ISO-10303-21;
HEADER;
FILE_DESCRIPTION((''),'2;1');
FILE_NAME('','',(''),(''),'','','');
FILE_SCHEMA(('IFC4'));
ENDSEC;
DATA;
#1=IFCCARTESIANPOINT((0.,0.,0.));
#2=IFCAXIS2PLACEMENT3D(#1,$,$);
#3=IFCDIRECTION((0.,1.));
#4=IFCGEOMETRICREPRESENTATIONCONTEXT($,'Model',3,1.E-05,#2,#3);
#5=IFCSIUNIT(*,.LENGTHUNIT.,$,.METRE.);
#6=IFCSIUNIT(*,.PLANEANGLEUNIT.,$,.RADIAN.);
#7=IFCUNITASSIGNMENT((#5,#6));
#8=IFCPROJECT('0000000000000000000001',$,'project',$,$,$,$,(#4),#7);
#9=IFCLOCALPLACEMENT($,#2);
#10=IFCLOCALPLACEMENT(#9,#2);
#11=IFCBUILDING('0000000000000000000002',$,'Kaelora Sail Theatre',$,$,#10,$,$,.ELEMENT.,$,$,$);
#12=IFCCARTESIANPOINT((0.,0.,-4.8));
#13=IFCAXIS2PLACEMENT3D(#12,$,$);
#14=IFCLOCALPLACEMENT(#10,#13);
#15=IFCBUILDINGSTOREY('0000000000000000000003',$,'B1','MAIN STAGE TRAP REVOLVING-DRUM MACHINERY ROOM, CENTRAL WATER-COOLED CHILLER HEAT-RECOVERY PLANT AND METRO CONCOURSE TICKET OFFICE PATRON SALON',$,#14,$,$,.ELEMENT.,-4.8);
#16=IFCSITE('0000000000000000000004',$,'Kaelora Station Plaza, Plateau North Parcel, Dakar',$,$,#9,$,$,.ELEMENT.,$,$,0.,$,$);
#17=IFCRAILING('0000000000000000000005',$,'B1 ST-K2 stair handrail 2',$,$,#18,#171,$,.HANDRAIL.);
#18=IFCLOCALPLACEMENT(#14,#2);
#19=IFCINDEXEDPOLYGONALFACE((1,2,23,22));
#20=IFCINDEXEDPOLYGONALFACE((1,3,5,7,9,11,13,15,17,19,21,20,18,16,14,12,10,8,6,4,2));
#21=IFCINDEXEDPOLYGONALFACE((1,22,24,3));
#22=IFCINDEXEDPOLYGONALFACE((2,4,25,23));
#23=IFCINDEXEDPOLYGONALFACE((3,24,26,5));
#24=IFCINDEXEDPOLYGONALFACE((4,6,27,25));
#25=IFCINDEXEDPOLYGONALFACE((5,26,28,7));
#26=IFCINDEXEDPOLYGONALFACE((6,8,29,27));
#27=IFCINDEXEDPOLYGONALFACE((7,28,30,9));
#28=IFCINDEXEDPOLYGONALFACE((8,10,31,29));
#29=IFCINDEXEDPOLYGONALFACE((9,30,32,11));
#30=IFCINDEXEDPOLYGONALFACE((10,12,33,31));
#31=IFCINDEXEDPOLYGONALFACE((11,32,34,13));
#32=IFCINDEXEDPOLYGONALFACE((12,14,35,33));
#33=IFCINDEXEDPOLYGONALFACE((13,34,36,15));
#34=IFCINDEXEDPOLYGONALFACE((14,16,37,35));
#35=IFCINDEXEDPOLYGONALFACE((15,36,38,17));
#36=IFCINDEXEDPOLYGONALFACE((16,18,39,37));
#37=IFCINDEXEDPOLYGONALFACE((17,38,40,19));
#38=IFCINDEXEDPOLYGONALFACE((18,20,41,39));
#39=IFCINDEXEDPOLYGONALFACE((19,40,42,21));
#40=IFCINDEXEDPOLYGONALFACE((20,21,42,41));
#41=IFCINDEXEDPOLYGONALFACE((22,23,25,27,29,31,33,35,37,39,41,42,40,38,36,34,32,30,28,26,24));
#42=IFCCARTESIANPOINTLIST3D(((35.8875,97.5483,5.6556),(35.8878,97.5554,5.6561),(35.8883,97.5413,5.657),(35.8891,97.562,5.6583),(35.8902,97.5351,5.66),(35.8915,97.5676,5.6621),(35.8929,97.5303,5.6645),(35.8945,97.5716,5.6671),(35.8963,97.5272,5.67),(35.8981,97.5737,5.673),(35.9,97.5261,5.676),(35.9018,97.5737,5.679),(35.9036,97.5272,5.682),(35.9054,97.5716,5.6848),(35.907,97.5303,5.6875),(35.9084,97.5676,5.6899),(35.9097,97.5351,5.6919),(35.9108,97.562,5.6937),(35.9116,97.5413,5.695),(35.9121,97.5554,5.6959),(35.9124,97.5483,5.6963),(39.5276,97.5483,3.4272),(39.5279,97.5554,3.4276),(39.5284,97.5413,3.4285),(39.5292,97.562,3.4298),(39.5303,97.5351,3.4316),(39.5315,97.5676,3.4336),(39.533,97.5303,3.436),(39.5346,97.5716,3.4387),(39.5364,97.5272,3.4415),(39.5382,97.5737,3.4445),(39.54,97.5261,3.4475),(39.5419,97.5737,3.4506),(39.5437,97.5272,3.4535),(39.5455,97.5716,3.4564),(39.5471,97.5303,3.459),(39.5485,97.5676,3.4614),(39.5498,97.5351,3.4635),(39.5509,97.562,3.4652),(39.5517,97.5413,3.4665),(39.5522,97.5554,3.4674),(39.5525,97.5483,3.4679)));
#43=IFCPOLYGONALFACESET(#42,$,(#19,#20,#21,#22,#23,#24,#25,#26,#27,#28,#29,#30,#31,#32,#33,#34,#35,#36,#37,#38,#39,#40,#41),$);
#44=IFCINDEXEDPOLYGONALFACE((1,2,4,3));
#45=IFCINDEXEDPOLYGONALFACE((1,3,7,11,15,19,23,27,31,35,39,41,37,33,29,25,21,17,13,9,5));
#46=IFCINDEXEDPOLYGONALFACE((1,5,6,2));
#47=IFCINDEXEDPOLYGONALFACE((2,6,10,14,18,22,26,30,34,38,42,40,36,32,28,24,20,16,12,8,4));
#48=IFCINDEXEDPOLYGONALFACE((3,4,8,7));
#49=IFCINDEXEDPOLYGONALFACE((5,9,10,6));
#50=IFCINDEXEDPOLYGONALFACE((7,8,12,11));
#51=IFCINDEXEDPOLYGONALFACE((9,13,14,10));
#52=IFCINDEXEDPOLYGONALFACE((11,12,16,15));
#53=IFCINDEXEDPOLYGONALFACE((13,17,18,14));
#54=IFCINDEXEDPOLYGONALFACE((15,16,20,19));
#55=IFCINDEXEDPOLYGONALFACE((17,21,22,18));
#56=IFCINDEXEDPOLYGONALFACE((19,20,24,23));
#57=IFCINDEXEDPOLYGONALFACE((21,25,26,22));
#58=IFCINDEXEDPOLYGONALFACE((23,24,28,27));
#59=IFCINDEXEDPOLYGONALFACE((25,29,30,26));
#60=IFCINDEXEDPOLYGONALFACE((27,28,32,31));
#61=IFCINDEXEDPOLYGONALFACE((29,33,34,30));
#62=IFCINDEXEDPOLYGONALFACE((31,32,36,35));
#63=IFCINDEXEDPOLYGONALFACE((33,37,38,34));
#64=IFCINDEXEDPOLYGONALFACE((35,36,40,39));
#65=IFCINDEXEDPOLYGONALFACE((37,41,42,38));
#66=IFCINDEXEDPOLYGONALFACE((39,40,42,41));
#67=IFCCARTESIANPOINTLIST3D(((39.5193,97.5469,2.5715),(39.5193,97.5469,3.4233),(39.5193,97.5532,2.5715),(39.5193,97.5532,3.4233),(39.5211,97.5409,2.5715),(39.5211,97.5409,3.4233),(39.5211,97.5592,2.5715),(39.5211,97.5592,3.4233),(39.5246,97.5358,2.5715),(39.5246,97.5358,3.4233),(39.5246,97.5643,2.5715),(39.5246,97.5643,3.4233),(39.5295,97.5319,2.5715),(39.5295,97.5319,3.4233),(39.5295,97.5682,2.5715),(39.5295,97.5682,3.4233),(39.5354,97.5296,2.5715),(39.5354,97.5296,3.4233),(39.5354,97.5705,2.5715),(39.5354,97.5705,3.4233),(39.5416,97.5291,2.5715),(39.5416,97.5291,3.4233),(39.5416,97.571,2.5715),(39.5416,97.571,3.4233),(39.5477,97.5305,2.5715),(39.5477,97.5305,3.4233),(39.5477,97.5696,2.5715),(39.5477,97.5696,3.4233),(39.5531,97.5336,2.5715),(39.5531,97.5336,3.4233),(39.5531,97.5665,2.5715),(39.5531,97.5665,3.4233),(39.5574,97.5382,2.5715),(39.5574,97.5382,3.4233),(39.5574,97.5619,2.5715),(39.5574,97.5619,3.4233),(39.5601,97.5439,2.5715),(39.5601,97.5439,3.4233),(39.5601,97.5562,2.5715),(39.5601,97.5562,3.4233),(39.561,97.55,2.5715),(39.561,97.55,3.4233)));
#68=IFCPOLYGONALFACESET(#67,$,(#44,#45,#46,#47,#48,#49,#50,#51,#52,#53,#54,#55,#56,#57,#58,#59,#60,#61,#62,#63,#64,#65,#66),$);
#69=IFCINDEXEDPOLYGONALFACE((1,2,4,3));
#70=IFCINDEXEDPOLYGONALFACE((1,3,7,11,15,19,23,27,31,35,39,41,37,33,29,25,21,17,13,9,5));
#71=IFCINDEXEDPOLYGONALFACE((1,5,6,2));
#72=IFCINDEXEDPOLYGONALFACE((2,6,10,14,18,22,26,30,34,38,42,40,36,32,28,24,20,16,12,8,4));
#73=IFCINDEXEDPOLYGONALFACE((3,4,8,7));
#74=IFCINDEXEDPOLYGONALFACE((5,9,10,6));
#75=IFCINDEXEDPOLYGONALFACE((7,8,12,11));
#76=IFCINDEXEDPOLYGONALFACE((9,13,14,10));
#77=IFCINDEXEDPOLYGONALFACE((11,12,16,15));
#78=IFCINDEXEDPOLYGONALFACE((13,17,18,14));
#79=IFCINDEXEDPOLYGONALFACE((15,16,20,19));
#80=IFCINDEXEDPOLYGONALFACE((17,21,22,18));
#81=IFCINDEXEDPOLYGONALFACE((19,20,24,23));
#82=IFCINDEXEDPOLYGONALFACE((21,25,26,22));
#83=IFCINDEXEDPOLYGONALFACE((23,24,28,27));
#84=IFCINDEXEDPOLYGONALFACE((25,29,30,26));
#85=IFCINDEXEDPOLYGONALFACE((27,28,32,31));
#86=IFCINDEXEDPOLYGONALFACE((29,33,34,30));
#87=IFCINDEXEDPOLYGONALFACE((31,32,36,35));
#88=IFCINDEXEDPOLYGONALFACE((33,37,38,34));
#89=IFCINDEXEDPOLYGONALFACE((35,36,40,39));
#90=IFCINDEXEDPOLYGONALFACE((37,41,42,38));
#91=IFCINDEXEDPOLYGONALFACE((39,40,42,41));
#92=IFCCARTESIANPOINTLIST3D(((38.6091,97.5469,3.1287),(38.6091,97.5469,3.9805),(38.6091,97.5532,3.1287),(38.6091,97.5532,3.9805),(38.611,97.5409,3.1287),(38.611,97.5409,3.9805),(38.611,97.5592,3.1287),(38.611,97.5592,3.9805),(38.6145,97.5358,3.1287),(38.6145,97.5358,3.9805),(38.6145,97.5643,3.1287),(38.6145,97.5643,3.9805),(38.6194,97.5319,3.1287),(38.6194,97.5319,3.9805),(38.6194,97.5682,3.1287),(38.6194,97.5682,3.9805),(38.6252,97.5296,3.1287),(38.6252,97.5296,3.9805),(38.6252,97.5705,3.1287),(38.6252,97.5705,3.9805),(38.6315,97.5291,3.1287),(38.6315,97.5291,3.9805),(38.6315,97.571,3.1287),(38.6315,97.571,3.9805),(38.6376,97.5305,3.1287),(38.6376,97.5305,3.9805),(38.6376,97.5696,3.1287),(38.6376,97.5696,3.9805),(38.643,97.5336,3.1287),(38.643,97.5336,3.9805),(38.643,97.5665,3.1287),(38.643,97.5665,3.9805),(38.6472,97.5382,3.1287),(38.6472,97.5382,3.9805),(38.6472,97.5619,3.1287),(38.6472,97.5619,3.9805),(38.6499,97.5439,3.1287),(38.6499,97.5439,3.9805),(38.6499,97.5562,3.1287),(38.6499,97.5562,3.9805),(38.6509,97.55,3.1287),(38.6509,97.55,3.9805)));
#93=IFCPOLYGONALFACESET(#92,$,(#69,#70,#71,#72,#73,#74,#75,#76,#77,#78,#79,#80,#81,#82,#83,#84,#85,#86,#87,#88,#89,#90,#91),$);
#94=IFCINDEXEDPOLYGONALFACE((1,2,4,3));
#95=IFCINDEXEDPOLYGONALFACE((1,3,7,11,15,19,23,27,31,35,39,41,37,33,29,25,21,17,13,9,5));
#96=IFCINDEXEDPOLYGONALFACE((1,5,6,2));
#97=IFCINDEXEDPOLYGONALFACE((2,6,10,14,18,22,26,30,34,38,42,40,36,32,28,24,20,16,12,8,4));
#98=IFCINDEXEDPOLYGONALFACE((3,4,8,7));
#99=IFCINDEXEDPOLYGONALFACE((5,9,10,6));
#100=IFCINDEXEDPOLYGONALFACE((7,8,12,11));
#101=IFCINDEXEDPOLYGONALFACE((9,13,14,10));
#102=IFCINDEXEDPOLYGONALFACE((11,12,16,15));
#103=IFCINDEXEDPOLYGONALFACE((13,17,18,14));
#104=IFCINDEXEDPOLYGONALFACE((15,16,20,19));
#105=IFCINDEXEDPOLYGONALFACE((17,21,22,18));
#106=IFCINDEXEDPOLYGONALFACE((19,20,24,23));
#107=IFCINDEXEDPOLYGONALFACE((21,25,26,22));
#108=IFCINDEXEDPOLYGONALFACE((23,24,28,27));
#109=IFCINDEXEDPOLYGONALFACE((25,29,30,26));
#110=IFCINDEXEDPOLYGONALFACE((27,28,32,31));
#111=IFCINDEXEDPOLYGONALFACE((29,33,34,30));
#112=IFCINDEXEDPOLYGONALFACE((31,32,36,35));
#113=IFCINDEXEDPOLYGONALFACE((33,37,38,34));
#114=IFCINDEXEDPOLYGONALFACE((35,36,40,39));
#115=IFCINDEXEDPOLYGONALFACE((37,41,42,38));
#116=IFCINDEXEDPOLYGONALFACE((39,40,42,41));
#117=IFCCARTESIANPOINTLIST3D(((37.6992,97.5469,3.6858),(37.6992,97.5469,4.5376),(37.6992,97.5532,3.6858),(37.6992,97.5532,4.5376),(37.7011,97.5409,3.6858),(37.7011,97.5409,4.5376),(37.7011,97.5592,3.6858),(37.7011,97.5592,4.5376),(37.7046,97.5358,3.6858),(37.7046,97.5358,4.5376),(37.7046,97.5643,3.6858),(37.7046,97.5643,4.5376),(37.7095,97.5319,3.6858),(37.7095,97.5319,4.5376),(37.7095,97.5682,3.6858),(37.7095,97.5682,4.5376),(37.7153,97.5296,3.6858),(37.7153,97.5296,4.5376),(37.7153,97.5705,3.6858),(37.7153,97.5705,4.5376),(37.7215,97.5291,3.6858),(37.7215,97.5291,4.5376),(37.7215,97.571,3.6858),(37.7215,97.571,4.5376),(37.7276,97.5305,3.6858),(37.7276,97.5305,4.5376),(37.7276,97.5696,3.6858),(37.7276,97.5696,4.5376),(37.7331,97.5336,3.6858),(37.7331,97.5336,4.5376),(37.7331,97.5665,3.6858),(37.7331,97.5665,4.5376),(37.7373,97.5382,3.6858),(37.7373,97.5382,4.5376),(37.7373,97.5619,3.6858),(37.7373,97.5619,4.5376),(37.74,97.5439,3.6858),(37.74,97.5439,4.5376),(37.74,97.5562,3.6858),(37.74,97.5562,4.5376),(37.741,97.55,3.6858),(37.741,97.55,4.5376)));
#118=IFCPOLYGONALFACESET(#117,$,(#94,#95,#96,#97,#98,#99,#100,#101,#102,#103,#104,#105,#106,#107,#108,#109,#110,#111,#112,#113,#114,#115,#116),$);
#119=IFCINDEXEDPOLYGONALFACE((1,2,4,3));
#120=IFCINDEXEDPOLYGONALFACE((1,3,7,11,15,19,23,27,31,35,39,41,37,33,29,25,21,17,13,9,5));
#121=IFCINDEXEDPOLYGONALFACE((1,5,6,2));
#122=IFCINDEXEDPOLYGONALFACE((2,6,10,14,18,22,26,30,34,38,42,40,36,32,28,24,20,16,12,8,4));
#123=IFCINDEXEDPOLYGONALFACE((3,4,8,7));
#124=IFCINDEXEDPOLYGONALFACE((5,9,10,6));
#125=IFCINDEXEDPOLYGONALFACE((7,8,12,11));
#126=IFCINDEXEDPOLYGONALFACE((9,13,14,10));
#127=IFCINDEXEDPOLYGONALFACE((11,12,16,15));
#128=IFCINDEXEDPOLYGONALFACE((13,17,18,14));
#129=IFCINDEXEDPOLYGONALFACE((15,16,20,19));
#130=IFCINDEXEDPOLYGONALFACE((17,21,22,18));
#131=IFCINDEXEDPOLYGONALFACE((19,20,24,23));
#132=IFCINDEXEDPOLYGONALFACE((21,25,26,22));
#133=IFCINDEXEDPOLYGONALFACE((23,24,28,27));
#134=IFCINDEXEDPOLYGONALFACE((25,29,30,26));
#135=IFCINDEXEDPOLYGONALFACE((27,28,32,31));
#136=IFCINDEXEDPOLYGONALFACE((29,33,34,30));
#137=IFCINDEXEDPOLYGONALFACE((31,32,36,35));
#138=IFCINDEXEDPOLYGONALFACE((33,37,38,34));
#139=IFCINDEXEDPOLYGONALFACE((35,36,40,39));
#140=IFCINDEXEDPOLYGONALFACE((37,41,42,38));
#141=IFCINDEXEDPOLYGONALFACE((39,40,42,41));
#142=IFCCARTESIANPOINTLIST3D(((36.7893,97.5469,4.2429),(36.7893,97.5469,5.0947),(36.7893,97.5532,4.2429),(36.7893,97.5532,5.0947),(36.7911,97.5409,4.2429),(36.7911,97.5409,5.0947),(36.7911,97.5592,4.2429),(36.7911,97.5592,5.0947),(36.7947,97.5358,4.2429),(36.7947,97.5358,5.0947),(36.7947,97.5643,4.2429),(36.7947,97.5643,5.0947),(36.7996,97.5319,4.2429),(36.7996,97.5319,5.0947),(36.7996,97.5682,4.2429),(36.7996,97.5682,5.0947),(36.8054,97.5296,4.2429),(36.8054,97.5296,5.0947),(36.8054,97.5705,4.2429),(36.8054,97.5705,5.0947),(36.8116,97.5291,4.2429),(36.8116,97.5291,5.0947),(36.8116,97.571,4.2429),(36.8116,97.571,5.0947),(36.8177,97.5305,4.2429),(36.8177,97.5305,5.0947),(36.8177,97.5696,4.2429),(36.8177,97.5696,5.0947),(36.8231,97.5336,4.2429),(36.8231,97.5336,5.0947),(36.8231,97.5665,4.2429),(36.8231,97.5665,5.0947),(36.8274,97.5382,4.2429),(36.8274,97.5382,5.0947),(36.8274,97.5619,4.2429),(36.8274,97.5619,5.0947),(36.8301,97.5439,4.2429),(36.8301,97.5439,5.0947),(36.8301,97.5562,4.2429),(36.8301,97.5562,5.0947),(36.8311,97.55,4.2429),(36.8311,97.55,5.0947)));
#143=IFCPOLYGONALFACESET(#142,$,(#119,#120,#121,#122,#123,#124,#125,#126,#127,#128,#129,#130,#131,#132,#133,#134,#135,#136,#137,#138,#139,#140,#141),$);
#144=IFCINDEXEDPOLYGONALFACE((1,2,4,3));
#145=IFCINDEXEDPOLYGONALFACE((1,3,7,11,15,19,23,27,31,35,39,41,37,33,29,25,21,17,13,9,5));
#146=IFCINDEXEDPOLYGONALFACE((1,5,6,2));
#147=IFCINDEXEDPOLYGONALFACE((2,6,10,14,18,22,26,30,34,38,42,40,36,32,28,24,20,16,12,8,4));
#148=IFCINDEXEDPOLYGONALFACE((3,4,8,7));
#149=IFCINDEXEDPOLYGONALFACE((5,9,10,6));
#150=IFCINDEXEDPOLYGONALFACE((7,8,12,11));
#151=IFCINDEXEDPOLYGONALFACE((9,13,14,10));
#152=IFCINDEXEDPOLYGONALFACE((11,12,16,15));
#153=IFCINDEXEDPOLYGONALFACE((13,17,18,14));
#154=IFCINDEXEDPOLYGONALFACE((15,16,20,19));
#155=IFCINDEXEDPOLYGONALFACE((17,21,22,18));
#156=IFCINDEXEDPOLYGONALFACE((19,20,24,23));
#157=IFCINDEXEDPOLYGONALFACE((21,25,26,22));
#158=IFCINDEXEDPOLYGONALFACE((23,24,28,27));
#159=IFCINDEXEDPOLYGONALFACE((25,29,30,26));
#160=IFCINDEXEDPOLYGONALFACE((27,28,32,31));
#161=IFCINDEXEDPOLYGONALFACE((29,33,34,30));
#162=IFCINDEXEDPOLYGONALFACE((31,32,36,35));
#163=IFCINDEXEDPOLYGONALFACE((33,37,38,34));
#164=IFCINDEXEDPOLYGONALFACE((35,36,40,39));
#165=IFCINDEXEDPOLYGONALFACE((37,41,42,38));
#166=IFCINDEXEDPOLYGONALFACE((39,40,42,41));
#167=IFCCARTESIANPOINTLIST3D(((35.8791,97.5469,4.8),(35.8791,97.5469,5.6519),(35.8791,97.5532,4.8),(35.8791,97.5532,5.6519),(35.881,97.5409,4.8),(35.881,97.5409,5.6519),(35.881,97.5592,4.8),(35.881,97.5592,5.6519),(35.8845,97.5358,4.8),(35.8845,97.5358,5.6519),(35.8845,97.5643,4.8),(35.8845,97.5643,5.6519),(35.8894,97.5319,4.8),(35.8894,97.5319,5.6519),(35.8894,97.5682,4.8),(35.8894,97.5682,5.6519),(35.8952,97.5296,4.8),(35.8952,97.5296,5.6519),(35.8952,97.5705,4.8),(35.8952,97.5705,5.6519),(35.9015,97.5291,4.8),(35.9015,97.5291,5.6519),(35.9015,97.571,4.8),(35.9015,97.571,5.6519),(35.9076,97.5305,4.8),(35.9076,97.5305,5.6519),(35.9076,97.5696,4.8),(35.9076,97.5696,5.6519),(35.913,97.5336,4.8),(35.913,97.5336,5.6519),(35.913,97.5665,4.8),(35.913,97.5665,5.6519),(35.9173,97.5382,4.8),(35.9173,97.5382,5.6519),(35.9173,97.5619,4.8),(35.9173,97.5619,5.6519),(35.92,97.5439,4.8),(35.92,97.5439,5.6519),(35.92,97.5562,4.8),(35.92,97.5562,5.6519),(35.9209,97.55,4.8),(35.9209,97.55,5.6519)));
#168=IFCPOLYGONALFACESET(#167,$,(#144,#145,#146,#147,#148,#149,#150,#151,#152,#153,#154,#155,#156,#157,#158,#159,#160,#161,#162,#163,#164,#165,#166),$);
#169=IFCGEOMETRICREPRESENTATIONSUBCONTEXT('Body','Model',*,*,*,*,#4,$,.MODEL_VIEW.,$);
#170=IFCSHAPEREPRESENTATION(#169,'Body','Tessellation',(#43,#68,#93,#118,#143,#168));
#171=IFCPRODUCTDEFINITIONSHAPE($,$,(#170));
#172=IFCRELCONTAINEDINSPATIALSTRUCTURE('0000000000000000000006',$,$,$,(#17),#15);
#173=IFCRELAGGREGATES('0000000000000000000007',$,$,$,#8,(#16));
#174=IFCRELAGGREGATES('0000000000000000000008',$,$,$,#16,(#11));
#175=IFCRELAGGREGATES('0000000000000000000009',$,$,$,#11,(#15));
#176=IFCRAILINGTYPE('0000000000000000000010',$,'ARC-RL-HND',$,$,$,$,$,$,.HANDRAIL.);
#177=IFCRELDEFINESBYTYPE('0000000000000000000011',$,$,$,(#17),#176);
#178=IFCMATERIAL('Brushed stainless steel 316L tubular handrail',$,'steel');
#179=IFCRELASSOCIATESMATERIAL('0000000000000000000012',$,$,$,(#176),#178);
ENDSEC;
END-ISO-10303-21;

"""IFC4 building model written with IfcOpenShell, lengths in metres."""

from ifc_helpers import new_model, si_unit, direction, frame, origin, origin_2d, place, context, subcontext, project, spatial, circle, extrude, material, type_object, element, save


model = new_model("IFC4")

# Units and contexts
model_context = context("Model", 3, precision=1e-05, world=origin(), true_north=direction((0.0, 1.0)))
body_context = subcontext(model_context, "Body", "Model", "MODEL_VIEW")
ifc_project = project(units=[si_unit("LENGTHUNIT", "METRE"), si_unit("PLANEANGLEUNIT", "RADIAN")], contexts=[model_context])

# Site, building, storey
site_placement = place(None, origin())
site = spatial("IfcSite", under=ifc_project, at=site_placement, Name="Kaelora Station Plaza, Plateau North Parcel, Dakar", CompositionType="ELEMENT", RefElevation=0.0)
building_placement = place(site_placement, origin())
building = spatial("IfcBuilding", under=site, at=building_placement, Name="Kaelora Sail Theatre", CompositionType="ELEMENT")
storey_placement = place(building_placement, frame((0.0, 0.0, -4.8)))
storey = spatial("IfcBuildingStorey", under=building, at=storey_placement, Name="B1", Description="MAIN STAGE TRAP REVOLVING-DRUM MACHINERY ROOM, CENTRAL WATER-COOLED CHILLER HEAT-RECOVERY PLANT AND METRO CONCOURSE TICKET OFFICE PATRON SALON", CompositionType="ELEMENT", Elevation=-4.8)

# Railing
ifc_material_1 = material(Name="Brushed stainless steel 316L tubular handrail", Category="steel")
railing_type = type_object("IfcRailingType", Name="ARC-RL-HND", PredefinedType="HANDRAIL", material=ifc_material_1)
railing_placement = place(storey_placement, frame((39.54, 97.55, 2.5715)))
element("IfcRailing", 1, at=railing_placement, inside=storey, type_object=railing_type, Name="B1 ST-K2 stair handrail 2", PredefinedType="HANDRAIL", context=body_context, shape_type="SweptSolid", body=[
    extrude(circle(Radius=0.0239, at=origin_2d()), frame((0.0, 0.0, 0.876), z_axis=(-0.852866, 0.0, 0.52213), x_axis=(0.0, -1.0, 0.0)), (0.0, 0.0, 1.0), 4.2681),
    extrude(circle(Radius=0.021, at=origin_2d()), origin(), (0.0, 0.0, 1.0), 0.8518),
    extrude(circle(Radius=0.021, at=origin_2d()), frame((-0.9102, 0.0, 0.5571)), (0.0, 0.0, 1.0), 0.8518),
    extrude(circle(Radius=0.021, at=origin_2d()), frame((-1.8201, 0.0, 1.1143)), (0.0, 0.0, 1.0), 0.8518),
    extrude(circle(Radius=0.021, at=origin_2d()), frame((-2.73, 0.0, 1.6714)), (0.0, 0.0, 1.0), 0.8518),
    extrude(circle(Radius=0.021, at=origin_2d()), frame((-3.6401, 0.0, 2.2285)), (0.0, 0.0, 1.0), 0.8518),
])

save(model, "model.ifc")
